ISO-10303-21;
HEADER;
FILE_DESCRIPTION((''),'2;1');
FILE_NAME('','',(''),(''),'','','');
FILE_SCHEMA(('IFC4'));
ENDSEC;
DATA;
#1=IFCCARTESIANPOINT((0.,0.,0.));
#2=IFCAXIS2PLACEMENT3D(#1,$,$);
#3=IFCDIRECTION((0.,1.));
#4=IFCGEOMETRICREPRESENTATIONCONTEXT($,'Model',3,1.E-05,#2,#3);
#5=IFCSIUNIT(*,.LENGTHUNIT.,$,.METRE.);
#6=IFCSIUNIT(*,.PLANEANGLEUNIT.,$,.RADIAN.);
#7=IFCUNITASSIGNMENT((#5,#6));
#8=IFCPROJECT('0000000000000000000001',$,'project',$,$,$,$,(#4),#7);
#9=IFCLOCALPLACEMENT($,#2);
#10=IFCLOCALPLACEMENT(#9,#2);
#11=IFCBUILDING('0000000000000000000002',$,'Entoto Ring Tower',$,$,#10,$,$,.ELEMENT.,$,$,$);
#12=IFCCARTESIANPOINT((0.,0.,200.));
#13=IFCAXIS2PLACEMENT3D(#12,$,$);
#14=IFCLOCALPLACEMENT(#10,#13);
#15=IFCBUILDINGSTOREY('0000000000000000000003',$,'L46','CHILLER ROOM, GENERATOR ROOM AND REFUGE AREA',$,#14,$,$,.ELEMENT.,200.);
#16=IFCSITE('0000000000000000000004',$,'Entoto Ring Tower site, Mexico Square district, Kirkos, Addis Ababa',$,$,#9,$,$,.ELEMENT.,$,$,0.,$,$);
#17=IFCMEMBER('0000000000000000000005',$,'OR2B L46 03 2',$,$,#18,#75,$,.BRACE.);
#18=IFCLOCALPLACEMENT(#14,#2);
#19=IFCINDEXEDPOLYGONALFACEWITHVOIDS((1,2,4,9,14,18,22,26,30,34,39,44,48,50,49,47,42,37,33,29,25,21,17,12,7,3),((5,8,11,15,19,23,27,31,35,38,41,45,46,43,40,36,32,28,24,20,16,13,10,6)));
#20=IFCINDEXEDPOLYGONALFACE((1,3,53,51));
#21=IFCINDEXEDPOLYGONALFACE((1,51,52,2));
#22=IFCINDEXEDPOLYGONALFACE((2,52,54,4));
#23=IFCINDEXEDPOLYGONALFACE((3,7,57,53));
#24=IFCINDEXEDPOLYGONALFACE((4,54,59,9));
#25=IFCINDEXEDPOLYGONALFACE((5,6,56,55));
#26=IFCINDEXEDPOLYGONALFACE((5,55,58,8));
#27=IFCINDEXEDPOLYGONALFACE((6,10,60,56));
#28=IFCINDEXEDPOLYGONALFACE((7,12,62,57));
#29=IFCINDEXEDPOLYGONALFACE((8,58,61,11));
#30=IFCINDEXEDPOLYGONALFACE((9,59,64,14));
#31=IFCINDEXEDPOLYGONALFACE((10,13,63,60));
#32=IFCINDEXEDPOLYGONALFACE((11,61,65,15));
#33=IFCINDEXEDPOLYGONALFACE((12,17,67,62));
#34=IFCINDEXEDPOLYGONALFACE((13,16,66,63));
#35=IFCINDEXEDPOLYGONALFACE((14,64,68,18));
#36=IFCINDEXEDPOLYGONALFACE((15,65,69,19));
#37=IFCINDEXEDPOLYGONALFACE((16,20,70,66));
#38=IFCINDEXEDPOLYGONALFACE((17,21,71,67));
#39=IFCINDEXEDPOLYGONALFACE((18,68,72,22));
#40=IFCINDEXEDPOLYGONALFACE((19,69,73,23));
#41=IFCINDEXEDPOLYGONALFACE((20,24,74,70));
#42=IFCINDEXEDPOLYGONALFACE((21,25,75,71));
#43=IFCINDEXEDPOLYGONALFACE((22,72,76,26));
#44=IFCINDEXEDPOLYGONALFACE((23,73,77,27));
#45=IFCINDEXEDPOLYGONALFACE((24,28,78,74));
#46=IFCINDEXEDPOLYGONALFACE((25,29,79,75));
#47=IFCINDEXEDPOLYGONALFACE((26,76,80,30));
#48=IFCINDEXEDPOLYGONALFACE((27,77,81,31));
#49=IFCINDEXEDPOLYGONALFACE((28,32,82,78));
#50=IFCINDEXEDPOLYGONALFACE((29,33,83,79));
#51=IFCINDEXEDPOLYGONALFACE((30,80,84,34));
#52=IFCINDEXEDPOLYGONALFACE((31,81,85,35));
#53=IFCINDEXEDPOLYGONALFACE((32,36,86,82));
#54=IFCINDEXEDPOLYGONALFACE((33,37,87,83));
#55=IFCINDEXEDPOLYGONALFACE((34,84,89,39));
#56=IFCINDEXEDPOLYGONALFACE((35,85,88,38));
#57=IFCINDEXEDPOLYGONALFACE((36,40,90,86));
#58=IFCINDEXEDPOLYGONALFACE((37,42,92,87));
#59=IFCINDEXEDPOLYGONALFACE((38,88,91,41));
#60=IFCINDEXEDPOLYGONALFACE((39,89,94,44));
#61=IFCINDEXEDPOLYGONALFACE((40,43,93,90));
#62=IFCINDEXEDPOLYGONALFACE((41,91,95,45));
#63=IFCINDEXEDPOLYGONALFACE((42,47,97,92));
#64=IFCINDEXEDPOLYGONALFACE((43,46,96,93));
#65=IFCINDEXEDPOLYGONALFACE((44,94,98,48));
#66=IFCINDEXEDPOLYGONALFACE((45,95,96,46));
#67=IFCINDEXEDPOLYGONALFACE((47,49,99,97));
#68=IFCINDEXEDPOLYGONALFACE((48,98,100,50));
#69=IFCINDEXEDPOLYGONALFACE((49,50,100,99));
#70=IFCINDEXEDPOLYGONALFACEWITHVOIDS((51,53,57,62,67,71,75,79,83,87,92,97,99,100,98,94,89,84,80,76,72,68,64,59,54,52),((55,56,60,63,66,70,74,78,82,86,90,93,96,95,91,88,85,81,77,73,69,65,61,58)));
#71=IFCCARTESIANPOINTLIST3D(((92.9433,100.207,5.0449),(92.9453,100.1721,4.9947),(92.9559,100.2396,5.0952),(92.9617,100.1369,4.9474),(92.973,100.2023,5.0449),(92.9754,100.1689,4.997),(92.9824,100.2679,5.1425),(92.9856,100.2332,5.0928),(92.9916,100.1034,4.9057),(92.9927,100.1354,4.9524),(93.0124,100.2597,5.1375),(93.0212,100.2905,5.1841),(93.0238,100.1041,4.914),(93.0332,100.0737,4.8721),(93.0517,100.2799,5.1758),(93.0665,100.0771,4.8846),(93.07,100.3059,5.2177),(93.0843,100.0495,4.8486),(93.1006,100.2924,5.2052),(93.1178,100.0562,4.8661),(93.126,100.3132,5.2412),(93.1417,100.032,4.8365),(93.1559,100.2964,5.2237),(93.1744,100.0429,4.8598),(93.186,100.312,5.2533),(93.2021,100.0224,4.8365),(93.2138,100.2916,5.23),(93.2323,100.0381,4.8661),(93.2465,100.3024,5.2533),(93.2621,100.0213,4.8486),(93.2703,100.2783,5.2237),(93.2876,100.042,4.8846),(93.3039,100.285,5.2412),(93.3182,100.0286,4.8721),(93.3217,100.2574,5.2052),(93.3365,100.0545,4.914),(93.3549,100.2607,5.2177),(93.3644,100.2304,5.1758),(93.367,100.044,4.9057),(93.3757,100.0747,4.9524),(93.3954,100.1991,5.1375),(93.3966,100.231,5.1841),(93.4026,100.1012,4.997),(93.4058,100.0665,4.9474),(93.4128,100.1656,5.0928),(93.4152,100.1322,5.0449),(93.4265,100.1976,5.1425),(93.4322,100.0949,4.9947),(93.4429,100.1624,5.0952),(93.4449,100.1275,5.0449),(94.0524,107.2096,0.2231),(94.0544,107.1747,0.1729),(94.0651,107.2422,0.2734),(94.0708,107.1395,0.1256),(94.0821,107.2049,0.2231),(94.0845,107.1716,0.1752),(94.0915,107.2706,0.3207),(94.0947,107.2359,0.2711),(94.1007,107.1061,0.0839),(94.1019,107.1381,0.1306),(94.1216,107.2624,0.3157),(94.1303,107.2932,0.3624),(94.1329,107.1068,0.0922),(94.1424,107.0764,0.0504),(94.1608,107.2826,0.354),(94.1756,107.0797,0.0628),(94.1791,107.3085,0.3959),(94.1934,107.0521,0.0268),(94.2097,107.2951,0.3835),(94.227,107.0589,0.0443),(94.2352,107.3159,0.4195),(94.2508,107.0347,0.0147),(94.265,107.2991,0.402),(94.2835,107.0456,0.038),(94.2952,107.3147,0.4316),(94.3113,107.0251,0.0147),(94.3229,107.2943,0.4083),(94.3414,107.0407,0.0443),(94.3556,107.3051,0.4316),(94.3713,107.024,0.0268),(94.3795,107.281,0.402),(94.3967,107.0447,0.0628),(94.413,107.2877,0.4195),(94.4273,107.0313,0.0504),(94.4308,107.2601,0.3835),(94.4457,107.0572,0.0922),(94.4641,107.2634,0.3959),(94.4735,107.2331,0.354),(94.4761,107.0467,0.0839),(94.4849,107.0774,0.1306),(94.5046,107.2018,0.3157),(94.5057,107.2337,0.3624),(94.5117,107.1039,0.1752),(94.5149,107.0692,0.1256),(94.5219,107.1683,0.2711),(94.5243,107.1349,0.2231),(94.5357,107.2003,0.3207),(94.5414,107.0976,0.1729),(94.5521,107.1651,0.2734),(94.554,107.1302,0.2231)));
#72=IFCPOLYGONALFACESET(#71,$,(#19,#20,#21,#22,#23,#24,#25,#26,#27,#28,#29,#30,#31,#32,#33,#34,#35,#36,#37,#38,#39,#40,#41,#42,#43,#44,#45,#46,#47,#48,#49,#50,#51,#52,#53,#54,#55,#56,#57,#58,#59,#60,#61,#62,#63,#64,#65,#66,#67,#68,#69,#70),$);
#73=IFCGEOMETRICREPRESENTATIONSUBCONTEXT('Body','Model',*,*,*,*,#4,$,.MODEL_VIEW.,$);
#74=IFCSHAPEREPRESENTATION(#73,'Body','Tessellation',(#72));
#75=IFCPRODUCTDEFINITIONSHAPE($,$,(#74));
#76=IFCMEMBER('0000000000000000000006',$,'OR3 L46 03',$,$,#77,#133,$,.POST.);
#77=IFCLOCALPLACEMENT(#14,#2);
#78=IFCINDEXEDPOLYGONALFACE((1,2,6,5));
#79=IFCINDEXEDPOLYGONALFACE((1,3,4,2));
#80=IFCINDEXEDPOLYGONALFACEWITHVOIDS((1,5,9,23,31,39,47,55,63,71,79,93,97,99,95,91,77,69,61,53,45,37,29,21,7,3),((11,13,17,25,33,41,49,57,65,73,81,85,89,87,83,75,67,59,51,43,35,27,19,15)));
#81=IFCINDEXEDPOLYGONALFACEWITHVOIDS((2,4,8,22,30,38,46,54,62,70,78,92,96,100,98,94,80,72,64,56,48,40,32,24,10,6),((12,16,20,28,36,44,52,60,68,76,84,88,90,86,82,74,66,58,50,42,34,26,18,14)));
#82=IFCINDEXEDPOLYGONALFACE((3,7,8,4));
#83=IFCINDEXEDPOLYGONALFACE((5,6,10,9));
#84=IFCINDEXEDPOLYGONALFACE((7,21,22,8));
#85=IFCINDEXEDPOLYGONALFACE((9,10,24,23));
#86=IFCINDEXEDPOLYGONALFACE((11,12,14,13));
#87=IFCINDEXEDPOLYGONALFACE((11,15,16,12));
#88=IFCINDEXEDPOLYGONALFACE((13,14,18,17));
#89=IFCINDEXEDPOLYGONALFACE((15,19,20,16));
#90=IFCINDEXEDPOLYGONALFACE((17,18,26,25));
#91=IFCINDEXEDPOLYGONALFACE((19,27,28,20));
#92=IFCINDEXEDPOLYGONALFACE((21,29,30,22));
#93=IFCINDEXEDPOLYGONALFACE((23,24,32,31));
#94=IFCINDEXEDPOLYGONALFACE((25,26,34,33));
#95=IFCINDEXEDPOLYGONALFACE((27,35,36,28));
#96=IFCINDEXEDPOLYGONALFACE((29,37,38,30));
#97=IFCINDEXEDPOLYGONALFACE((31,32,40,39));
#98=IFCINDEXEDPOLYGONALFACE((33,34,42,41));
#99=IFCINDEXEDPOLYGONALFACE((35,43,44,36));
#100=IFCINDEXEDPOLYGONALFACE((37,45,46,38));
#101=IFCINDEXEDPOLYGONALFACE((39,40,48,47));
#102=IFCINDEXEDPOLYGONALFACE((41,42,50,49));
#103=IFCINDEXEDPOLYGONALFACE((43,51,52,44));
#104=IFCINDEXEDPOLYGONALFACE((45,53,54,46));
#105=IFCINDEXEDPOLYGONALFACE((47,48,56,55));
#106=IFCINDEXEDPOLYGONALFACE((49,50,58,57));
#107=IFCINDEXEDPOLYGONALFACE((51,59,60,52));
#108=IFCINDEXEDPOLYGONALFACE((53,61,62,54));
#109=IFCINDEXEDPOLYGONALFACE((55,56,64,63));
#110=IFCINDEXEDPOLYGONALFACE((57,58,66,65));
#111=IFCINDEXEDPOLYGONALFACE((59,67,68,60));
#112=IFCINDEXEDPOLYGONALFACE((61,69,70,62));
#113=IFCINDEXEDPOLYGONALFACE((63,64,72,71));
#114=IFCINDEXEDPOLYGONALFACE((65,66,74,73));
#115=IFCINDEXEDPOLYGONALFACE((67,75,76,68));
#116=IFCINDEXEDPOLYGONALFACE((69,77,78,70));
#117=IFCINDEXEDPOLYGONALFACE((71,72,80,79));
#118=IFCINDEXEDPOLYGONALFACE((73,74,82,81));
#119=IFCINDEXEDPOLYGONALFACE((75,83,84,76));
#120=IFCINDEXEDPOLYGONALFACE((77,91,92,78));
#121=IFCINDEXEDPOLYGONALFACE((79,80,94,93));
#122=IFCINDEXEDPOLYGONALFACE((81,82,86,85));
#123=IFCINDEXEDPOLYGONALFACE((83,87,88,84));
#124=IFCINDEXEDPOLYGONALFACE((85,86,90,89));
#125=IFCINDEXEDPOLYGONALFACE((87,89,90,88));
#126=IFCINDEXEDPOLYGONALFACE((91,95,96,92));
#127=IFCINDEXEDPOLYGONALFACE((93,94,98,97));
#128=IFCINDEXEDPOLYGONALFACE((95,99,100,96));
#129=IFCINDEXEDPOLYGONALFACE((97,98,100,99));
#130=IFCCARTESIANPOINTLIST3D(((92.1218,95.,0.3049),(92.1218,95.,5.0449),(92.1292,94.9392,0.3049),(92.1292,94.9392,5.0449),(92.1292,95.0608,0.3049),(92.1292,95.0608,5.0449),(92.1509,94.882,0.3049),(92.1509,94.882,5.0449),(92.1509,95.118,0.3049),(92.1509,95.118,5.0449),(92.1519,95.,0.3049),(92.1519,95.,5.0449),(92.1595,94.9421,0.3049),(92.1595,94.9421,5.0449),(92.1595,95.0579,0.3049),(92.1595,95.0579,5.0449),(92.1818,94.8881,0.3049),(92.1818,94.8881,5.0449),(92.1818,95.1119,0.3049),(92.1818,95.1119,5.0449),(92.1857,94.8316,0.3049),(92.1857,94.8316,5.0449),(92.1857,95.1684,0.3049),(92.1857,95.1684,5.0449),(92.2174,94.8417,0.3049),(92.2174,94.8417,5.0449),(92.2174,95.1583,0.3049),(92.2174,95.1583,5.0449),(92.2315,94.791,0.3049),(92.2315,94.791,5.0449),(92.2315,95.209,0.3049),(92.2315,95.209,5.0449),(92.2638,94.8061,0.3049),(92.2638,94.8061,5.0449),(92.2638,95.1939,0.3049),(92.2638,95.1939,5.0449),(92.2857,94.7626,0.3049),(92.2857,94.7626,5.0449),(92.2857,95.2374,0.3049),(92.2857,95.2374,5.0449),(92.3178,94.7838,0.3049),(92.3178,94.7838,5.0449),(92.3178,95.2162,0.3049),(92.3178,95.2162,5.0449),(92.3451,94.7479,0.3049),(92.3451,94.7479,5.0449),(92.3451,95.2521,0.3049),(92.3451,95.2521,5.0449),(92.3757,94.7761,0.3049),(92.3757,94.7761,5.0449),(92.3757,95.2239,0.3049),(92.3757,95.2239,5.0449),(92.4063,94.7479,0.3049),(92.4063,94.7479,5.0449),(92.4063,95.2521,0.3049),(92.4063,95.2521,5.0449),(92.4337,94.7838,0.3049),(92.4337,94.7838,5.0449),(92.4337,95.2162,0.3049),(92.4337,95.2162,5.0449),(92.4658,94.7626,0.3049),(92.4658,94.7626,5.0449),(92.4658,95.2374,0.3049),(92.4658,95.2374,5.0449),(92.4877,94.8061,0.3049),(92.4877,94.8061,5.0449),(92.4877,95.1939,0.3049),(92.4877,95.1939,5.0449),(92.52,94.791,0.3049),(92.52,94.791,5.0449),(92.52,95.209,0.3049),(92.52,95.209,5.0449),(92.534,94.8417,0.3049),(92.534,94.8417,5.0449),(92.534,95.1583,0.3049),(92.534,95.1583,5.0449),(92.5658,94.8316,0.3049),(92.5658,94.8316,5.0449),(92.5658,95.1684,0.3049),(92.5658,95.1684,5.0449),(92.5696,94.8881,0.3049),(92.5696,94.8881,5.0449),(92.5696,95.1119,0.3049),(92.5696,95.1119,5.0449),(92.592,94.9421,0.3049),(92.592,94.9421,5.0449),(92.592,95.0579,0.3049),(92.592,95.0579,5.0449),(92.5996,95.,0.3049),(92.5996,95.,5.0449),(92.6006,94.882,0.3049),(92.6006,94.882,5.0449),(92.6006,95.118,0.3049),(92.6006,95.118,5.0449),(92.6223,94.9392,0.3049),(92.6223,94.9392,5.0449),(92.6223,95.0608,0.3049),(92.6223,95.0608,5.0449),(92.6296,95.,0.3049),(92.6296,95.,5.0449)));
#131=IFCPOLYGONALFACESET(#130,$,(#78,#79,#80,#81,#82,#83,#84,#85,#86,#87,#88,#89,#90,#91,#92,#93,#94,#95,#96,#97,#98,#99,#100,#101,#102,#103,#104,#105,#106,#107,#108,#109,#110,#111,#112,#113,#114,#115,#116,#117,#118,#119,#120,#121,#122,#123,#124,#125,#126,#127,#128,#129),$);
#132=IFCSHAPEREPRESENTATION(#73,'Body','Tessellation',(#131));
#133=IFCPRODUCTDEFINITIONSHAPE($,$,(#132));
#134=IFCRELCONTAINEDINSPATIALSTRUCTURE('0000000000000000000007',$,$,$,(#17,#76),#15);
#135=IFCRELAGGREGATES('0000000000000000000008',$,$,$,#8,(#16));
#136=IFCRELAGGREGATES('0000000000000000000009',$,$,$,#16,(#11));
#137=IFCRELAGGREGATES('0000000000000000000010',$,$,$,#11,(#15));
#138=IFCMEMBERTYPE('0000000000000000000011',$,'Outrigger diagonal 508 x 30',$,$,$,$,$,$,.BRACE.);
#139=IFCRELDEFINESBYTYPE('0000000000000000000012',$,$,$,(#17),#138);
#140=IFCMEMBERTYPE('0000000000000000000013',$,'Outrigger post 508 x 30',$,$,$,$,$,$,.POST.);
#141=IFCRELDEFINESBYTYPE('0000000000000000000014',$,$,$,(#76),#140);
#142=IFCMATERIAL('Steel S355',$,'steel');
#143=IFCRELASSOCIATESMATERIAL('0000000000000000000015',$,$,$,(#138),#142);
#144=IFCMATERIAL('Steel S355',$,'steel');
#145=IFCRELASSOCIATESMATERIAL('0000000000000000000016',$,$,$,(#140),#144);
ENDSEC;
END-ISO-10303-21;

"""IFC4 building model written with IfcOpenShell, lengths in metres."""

from ifc_helpers import new_model, si_unit, direction, frame, origin, origin_2d, place, context, subcontext, project, spatial, circle, hollow_circle, extrude, material, material_profile, profile_set, type_object, element, save


model = new_model("IFC4")

# Units and contexts
model_context = context("Model", 3, precision=1e-05, world=origin(), true_north=direction((0.0, 1.0)))
body_context = subcontext(model_context, "Body", "Model", "MODEL_VIEW")
ifc_project = project(units=[si_unit("LENGTHUNIT", "METRE"), si_unit("PLANEANGLEUNIT", "RADIAN")], contexts=[model_context])

# Site, building, storey
site_placement = place(None, origin())
site = spatial("IfcSite", under=ifc_project, at=site_placement, Name="Entoto Ring Tower site, Mexico Square district, Kirkos, Addis Ababa", CompositionType="ELEMENT", RefElevation=0.0)
building_placement = place(site_placement, origin())
building = spatial("IfcBuilding", under=site, at=building_placement, Name="Entoto Ring Tower", CompositionType="ELEMENT")
storey_placement = place(building_placement, frame((0.0, 0.0, 200.0)))
storey = spatial("IfcBuildingStorey", under=building, at=storey_placement, Name="L46", Description="CHILLER ROOM, GENERATOR ROOM AND REFUGE AREA", CompositionType="ELEMENT", Elevation=200.0)

# Members
ifc_material_1 = material(Name="Steel S355", Category="steel")
ifc_material_profile_1 = material_profile(ifc_material_1, hollow_circle(Radius=0.2539, WallThickness=0.03, at=origin_2d()), Name="CHS 508 x 30")
ifc_material_2 = material(Name="Concrete C60/75", Category="concrete")
ifc_material_profile_2 = material_profile(ifc_material_2, circle(Radius=0.2241, at=origin_2d()), Name="Concrete C60/75 infill")
ifc_profile_set_1 = profile_set([ifc_material_profile_1, ifc_material_profile_2], Name="Steel S355")
member_type_1 = type_object("IfcMemberType", Name="Outrigger diagonal 508 x 30", PredefinedType="BRACE", material=ifc_profile_set_1)
member_1_placement = place(storey_placement, frame((93.1941, 100.1672, 5.0449), z_axis=(0.129356, 0.816714, -0.562357), x_axis=(-0.987688, 0.156436, 0.0)))
element("IfcMember", 1, at=member_1_placement, inside=storey, type_object=member_type_1, Name="OR2B L46 03 2", PredefinedType="BRACE", context=body_context, shape_type="SweptSolid", body=[
    extrude(hollow_circle(Radius=0.2539, WallThickness=0.03, at=origin_2d()), origin(), (0.0, 0.0, 1.0), 8.5742),
])
ifc_material_3 = material(Name="Steel S355", Category="steel")
ifc_material_profile_3 = material_profile(ifc_material_3, hollow_circle(Radius=0.2539, WallThickness=0.03, at=origin_2d()), Name="CHS 508 x 30")
ifc_material_4 = material(Name="Concrete C60/75", Category="concrete")
ifc_material_profile_4 = material_profile(ifc_material_4, circle(Radius=0.2241, at=origin_2d()), Name="Concrete C60/75 infill")
ifc_profile_set_2 = profile_set([ifc_material_profile_3, ifc_material_profile_4], Name="Steel S355")
member_type_2 = type_object("IfcMemberType", Name="Outrigger post 508 x 30", PredefinedType="POST", material=ifc_profile_set_2)
member_2_placement = place(storey_placement, frame((92.3757, 95.0, 0.3049), z_axis=(0.0, 0.0, 1.0), x_axis=(1.0, 0.0, 0.0)))
element("IfcMember", 2, at=member_2_placement, inside=storey, type_object=member_type_2, Name="OR3 L46 03", PredefinedType="POST", context=body_context, shape_type="SweptSolid", body=[
    extrude(hollow_circle(Radius=0.2539, WallThickness=0.03, at=origin_2d()), origin(), (0.0, 0.0, 1.0), 4.74),
])

save(model, "model.ifc")
